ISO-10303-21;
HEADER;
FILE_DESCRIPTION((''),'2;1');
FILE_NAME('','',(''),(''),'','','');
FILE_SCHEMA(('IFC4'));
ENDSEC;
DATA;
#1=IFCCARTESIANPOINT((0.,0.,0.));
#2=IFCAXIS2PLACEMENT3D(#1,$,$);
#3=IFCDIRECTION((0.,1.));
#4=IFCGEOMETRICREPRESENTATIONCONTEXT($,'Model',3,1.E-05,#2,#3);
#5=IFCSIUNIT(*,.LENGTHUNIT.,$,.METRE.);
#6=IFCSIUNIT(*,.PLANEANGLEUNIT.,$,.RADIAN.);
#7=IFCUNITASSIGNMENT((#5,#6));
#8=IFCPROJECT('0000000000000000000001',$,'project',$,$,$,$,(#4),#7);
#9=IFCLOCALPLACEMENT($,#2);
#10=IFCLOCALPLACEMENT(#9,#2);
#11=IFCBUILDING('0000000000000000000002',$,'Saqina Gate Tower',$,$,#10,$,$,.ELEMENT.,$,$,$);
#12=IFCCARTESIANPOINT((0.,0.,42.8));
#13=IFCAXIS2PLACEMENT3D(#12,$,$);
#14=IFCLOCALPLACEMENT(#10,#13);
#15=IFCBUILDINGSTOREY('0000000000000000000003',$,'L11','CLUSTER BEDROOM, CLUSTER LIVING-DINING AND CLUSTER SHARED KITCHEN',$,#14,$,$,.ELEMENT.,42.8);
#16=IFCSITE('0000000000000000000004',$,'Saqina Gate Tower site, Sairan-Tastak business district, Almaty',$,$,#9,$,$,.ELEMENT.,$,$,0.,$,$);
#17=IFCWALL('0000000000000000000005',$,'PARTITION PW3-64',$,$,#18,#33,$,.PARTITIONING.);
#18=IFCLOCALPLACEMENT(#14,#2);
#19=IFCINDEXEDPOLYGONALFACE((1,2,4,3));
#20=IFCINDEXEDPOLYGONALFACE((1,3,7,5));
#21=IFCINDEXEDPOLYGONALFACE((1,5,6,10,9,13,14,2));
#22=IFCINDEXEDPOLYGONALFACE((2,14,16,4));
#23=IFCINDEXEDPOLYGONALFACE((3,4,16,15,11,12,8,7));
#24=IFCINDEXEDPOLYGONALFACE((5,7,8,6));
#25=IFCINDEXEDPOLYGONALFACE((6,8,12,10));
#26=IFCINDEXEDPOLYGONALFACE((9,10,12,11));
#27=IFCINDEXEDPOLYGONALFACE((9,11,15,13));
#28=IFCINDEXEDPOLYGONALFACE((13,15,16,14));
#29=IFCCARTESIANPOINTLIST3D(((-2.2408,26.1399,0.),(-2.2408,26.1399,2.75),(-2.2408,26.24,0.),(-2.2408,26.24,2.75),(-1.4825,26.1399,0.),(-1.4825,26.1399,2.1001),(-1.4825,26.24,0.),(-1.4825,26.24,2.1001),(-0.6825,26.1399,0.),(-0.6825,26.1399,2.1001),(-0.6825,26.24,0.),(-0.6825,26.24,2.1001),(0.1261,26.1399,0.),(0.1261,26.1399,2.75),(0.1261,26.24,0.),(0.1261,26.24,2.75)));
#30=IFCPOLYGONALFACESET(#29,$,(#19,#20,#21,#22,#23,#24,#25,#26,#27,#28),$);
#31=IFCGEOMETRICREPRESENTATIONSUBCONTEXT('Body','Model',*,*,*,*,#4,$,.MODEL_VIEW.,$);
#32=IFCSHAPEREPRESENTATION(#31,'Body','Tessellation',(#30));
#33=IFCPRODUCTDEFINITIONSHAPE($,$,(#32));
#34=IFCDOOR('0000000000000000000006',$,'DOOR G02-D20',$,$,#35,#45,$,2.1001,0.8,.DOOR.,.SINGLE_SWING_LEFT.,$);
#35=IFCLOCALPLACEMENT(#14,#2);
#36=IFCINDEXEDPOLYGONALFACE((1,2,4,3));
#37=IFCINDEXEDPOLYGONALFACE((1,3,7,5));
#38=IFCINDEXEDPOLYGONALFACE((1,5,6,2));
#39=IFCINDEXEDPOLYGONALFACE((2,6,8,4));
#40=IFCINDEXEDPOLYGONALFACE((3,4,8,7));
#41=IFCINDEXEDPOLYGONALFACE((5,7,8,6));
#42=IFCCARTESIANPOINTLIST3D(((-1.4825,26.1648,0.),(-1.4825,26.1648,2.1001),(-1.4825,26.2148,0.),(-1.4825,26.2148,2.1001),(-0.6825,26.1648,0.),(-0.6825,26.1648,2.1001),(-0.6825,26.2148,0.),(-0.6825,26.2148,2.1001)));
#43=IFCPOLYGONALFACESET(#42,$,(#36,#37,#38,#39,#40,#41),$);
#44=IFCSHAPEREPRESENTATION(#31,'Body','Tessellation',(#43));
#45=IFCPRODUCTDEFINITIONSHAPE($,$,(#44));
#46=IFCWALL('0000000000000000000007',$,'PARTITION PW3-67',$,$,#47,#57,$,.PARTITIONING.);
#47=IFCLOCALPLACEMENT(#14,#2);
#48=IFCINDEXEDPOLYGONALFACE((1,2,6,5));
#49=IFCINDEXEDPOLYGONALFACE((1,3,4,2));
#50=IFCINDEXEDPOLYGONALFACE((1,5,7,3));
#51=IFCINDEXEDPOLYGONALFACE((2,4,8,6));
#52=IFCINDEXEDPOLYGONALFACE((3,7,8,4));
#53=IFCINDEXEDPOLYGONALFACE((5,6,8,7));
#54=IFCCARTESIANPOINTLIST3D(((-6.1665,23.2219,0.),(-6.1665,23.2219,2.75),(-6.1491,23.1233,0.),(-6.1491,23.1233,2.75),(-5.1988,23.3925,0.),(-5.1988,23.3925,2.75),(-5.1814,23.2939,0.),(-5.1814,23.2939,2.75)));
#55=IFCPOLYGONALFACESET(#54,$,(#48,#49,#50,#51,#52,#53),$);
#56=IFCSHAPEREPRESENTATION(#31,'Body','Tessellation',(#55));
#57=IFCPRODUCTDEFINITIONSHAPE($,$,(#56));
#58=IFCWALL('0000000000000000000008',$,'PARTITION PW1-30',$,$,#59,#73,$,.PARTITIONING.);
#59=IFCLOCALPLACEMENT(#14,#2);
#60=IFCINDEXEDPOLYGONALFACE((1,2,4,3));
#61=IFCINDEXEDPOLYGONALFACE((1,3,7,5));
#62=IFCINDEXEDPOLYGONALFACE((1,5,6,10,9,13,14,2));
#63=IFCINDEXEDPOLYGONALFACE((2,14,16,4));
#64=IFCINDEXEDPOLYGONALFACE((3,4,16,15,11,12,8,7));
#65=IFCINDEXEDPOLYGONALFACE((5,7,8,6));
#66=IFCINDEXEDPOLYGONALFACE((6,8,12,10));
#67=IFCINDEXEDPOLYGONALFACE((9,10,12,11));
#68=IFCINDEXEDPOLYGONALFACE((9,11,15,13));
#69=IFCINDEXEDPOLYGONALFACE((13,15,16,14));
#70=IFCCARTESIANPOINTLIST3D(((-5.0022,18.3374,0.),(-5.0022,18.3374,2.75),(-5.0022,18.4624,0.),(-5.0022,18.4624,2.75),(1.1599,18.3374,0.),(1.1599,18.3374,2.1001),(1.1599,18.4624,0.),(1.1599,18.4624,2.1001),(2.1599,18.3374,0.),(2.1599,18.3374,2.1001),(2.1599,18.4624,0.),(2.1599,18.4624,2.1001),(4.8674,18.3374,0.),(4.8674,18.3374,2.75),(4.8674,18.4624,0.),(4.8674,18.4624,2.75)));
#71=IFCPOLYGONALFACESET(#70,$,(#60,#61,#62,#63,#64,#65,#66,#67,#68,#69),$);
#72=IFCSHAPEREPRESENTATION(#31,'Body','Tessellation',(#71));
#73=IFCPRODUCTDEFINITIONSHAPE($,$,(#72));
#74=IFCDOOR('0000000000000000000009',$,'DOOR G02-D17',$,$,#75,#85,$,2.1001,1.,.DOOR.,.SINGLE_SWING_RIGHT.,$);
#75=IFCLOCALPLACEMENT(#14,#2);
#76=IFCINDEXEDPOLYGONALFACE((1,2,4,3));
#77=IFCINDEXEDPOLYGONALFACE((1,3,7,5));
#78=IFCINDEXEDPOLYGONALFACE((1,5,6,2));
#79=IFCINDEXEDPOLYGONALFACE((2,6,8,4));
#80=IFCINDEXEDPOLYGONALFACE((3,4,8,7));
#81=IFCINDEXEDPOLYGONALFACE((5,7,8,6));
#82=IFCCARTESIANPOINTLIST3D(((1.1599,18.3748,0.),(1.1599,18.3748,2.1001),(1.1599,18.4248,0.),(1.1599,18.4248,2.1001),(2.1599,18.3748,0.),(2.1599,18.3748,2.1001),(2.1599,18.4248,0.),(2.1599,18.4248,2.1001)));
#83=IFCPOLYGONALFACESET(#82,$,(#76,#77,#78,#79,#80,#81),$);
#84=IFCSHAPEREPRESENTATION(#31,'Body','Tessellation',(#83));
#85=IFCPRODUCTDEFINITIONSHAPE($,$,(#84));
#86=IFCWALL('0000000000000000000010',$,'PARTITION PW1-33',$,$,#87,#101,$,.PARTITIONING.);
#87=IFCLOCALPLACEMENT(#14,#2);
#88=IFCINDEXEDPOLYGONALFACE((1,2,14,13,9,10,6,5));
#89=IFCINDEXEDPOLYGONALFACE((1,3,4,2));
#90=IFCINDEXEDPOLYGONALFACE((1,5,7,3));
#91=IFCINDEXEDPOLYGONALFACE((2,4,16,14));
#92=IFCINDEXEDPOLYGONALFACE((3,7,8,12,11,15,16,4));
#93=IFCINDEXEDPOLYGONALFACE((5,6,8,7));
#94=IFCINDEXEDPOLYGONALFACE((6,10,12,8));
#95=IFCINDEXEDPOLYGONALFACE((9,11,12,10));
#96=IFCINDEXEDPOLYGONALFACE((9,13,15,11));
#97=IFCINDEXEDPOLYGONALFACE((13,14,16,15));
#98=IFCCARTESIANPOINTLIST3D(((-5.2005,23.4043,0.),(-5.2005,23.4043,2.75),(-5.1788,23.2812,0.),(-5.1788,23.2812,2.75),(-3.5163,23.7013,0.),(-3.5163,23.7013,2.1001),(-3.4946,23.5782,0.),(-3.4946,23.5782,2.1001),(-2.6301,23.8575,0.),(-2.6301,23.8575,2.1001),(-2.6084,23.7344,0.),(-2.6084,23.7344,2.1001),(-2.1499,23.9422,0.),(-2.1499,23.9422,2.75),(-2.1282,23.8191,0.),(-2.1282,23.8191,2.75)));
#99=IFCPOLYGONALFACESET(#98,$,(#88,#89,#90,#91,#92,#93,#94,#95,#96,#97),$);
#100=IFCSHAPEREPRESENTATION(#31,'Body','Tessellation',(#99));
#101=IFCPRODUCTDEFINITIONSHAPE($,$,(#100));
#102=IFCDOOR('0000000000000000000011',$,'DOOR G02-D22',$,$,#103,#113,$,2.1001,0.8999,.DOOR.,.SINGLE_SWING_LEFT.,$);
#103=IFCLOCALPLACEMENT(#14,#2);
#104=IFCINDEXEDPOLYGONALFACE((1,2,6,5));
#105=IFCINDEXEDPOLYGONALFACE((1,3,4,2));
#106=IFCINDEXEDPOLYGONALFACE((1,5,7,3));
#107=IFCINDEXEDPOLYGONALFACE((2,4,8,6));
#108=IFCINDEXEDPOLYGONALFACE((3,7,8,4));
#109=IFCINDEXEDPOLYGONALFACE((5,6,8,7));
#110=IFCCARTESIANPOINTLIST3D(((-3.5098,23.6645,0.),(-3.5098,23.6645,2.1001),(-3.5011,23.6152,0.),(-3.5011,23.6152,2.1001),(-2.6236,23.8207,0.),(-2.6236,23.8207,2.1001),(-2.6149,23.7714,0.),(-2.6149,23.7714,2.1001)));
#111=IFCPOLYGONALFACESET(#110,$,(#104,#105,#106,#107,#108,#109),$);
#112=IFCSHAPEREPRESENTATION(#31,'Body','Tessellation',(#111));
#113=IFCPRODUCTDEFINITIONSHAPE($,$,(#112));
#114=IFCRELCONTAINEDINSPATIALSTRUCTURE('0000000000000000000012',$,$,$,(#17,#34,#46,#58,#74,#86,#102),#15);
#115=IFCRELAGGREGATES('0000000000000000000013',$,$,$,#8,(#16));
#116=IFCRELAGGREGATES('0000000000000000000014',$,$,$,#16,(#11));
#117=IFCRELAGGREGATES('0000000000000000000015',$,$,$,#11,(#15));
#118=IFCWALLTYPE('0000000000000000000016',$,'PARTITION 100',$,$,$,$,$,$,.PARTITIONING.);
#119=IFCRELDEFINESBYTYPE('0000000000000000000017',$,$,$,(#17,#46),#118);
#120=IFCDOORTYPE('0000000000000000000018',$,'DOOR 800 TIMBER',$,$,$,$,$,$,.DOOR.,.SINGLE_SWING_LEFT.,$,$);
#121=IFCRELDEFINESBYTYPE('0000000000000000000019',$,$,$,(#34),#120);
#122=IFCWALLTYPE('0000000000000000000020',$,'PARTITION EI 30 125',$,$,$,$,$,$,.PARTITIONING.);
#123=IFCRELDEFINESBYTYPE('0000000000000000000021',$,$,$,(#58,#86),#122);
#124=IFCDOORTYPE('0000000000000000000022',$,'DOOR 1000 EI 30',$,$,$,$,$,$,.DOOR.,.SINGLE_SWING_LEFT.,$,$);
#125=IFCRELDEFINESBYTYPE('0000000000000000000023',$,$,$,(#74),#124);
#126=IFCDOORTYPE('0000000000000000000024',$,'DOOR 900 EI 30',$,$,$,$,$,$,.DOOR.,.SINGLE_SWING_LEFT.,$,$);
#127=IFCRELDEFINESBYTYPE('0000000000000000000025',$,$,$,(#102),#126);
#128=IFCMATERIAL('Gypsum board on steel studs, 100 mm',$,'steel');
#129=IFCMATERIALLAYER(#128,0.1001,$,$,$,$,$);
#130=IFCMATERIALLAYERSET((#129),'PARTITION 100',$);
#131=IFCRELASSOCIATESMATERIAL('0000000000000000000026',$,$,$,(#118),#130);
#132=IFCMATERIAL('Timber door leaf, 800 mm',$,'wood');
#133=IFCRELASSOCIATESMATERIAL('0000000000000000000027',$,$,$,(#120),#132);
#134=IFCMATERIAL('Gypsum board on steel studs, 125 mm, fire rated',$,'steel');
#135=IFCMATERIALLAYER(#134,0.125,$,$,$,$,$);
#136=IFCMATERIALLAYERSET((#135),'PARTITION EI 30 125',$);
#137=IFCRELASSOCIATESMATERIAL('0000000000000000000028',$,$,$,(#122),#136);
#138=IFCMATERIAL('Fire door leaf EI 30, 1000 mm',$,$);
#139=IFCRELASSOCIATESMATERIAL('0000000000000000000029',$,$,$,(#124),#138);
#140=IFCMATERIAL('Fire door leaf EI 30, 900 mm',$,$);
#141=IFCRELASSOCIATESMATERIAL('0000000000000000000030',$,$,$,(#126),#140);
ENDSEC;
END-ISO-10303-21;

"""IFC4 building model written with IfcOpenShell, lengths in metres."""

from ifc_helpers import new_model, si_unit, direction, frame, frame_2d, origin, place, context, subcontext, project, spatial, rectangle, extrude, material, layer, layer_set, type_object, element, fill, save


model = new_model("IFC4")

# Units and contexts
model_context = context("Model", 3, precision=1e-05, world=origin(), true_north=direction((0.0, 1.0)))
body_context = subcontext(model_context, "Body", "Model", "MODEL_VIEW")
ifc_project = project(units=[si_unit("LENGTHUNIT", "METRE"), si_unit("PLANEANGLEUNIT", "RADIAN")], contexts=[model_context])

# Site, building, storey
site_placement = place(None, origin())
site = spatial("IfcSite", under=ifc_project, at=site_placement, Name="Saqina Gate Tower site, Sairan-Tastak business district, Almaty", CompositionType="ELEMENT", RefElevation=0.0)
building_placement = place(site_placement, origin())
building = spatial("IfcBuilding", under=site, at=building_placement, Name="Saqina Gate Tower", CompositionType="ELEMENT")
storey_placement = place(building_placement, frame((0.0, 0.0, 42.8)))
storey = spatial("IfcBuildingStorey", under=building, at=storey_placement, Name="L11", Description="CLUSTER BEDROOM, CLUSTER LIVING-DINING AND CLUSTER SHARED KITCHEN", CompositionType="ELEMENT", Elevation=42.8)

# Shared definitions
ifc_material_1 = material(Name="Gypsum board on steel studs, 100 mm", Category="steel")
ifc_layer_1 = layer(ifc_material_1, 0.1001)
ifc_layer_set_1 = layer_set([ifc_layer_1], Name="PARTITION 100")
wall_type_1 = type_object("IfcWallType", Name="PARTITION 100", PredefinedType="PARTITIONING", material=ifc_layer_set_1)

# Shared definitions
ifc_material_2 = material(Name="Timber door leaf, 800 mm", Category="wood")
door_type_1 = type_object("IfcDoorType", Name="DOOR 800 TIMBER", OperationType="SINGLE_SWING_LEFT", PredefinedType="DOOR", material=ifc_material_2)

# Wall, opening, door
wall_1_placement = place(storey_placement, frame((-2.241, 26.1899, 0.0), z_axis=(0.0, 0.0, 1.0), x_axis=(1.0, 0.0, 0.0)))
wall_1 = element("IfcWall", 1, at=wall_1_placement, inside=storey, type_object=wall_type_1, Name="PARTITION PW3-64", PredefinedType="PARTITIONING", context=body_context, shape_type="SweptSolid", body=[
    extrude(rectangle(XDim=2.3669, YDim=0.1001, at=frame_2d((1.1836, 0.0))), origin(), (0.0, 0.0, 1.0), 2.75),
])
opening_1_placement = place(wall_1_placement, frame((0.7585, 0.0, 0.0)))
opening_1 = element("IfcOpeningElement", 2, at=opening_1_placement, cuts=wall_1, PredefinedType="OPENING", context=body_context, shape_type="SweptSolid", body=[
    extrude(rectangle(XDim=0.8, YDim=2.1001, at=frame_2d((0.3999, 1.05))), frame((0.0, 0.062, 0.0), z_axis=(0.0, -1.0, 0.0), x_axis=(1.0, 0.0, 0.0)), (0.0, 0.0, 1.0), 0.124),
])
door_1_placement = place(opening_1_placement, origin())
door_1 = element("IfcDoor", 3, at=door_1_placement, inside=storey, type_object=door_type_1, Name="DOOR G02-D20", OperationType="SINGLE_SWING_LEFT", OverallHeight=2.1001, OverallWidth=0.8, PredefinedType="DOOR", context=body_context, shape_type="SweptSolid", body=[
    extrude(rectangle(XDim=0.8, YDim=2.1001, at=frame_2d((0.3999, 1.05))), frame((0.0, 0.0249, 0.0), z_axis=(0.0, -1.0, 0.0), x_axis=(1.0, 0.0, 0.0)), (0.0, 0.0, 1.0), 0.05),
])
fill(opening_1, door_1)

# Wall
wall_2_placement = place(storey_placement, frame((-6.1577, 23.1726, 0.0), z_axis=(0.0, 0.0, 1.0), x_axis=(0.984806, 0.173658, 0.0)))
element("IfcWall", 4, at=wall_2_placement, inside=storey, type_object=wall_type_1, Name="PARTITION PW3-67", PredefinedType="PARTITIONING", context=body_context, shape_type="SweptSolid", body=[
    extrude(rectangle(XDim=0.9827, YDim=0.1001, at=frame_2d((0.4912, 0.0))), origin(), (0.0, 0.0, 1.0), 2.75),
])

# Walls, openings, doors
ifc_material_3 = material(Name="Gypsum board on steel studs, 125 mm, fire rated", Category="steel")
ifc_layer_2 = layer(ifc_material_3, 0.125)
ifc_layer_set_2 = layer_set([ifc_layer_2], Name="PARTITION EI 30 125")
wall_type_2 = type_object("IfcWallType", Name="PARTITION EI 30 125", PredefinedType="PARTITIONING", material=ifc_layer_set_2)
wall_3_placement = place(storey_placement, frame((-5.0022, 18.3999, 0.0), z_axis=(0.0, 0.0, 1.0), x_axis=(1.0, 0.0, 0.0)))
wall_3 = element("IfcWall", 5, at=wall_3_placement, inside=storey, type_object=wall_type_2, Name="PARTITION PW1-30", PredefinedType="PARTITIONING", context=body_context, shape_type="SweptSolid", body=[
    extrude(rectangle(XDim=9.8696, YDim=0.125, at=frame_2d((4.9348, 0.0))), origin(), (0.0, 0.0, 1.0), 2.75),
])
opening_2_placement = place(wall_3_placement, frame((6.1621, 0.0, 0.0)))
opening_2 = element("IfcOpeningElement", 6, at=opening_2_placement, cuts=wall_3, PredefinedType="OPENING", context=body_context, shape_type="SweptSolid", body=[
    extrude(rectangle(XDim=1.0, YDim=2.1001, at=frame_2d((0.5, 1.05))), frame((0.0, 0.0745, 0.0), z_axis=(0.0, -1.0, 0.0), x_axis=(1.0, 0.0, 0.0)), (0.0, 0.0, 1.0), 0.1489),
])
ifc_material_4 = material(Name="Fire door leaf EI 30, 1000 mm")
door_type_2 = type_object("IfcDoorType", Name="DOOR 1000 EI 30", OperationType="SINGLE_SWING_LEFT", PredefinedType="DOOR", material=ifc_material_4)
door_2_placement = place(opening_2_placement, origin())
door_2 = element("IfcDoor", 7, at=door_2_placement, inside=storey, type_object=door_type_2, Name="DOOR G02-D17", OperationType="SINGLE_SWING_RIGHT", OverallHeight=2.1001, OverallWidth=1.0, PredefinedType="DOOR", context=body_context, shape_type="SweptSolid", body=[
    extrude(rectangle(XDim=1.0, YDim=2.1001, at=frame_2d((0.5, 1.05))), frame((0.0, 0.0249, 0.0), z_axis=(0.0, -1.0, 0.0), x_axis=(1.0, 0.0, 0.0)), (0.0, 0.0, 1.0), 0.05),
])
fill(opening_2, door_2)
wall_4_placement = place(storey_placement, frame((-5.1897, 23.3428, 0.0), z_axis=(0.0, 0.0, 1.0), x_axis=(0.984811, 0.173632, 0.0)))
wall_4 = element("IfcWall", 8, at=wall_4_placement, inside=storey, type_object=wall_type_2, Name="PARTITION PW1-33", PredefinedType="PARTITIONING", context=body_context, shape_type="SweptSolid", body=[
    extrude(rectangle(XDim=3.0977, YDim=0.125, at=frame_2d((1.5488, 0.0))), origin(), (0.0, 0.0, 1.0), 2.75),
])
opening_3_placement = place(wall_4_placement, frame((1.7102, 0.0, 0.0)))
opening_3 = element("IfcOpeningElement", 9, at=opening_3_placement, cuts=wall_4, PredefinedType="OPENING", context=body_context, shape_type="SweptSolid", body=[
    extrude(rectangle(XDim=0.8999, YDim=2.1001, at=frame_2d((0.45, 1.05))), frame((0.0, 0.0745, 0.0), z_axis=(0.0, -1.0, 0.0), x_axis=(1.0, 0.0, 0.0)), (0.0, 0.0, 1.0), 0.1489),
])
ifc_material_5 = material(Name="Fire door leaf EI 30, 900 mm")
door_type_3 = type_object("IfcDoorType", Name="DOOR 900 EI 30", OperationType="SINGLE_SWING_LEFT", PredefinedType="DOOR", material=ifc_material_5)
door_3_placement = place(opening_3_placement, frame((0.8999, 0.0, 0.0), z_axis=(0.0, 0.0, 1.0), x_axis=(-1.0, 0.0, 0.0)))
door_3 = element("IfcDoor", 10, at=door_3_placement, inside=storey, type_object=door_type_3, Name="DOOR G02-D22", OperationType="SINGLE_SWING_LEFT", OverallHeight=2.1001, OverallWidth=0.8999, PredefinedType="DOOR", context=body_context, shape_type="SweptSolid", body=[
    extrude(rectangle(XDim=0.8999, YDim=2.1001, at=frame_2d((0.45, 1.05))), frame((0.0, 0.0249, 0.0), z_axis=(0.0, -1.0, 0.0), x_axis=(1.0, 0.0, 0.0)), (0.0, 0.0, 1.0), 0.05),
])
fill(opening_3, door_3)

save(model, "model.ifc")
